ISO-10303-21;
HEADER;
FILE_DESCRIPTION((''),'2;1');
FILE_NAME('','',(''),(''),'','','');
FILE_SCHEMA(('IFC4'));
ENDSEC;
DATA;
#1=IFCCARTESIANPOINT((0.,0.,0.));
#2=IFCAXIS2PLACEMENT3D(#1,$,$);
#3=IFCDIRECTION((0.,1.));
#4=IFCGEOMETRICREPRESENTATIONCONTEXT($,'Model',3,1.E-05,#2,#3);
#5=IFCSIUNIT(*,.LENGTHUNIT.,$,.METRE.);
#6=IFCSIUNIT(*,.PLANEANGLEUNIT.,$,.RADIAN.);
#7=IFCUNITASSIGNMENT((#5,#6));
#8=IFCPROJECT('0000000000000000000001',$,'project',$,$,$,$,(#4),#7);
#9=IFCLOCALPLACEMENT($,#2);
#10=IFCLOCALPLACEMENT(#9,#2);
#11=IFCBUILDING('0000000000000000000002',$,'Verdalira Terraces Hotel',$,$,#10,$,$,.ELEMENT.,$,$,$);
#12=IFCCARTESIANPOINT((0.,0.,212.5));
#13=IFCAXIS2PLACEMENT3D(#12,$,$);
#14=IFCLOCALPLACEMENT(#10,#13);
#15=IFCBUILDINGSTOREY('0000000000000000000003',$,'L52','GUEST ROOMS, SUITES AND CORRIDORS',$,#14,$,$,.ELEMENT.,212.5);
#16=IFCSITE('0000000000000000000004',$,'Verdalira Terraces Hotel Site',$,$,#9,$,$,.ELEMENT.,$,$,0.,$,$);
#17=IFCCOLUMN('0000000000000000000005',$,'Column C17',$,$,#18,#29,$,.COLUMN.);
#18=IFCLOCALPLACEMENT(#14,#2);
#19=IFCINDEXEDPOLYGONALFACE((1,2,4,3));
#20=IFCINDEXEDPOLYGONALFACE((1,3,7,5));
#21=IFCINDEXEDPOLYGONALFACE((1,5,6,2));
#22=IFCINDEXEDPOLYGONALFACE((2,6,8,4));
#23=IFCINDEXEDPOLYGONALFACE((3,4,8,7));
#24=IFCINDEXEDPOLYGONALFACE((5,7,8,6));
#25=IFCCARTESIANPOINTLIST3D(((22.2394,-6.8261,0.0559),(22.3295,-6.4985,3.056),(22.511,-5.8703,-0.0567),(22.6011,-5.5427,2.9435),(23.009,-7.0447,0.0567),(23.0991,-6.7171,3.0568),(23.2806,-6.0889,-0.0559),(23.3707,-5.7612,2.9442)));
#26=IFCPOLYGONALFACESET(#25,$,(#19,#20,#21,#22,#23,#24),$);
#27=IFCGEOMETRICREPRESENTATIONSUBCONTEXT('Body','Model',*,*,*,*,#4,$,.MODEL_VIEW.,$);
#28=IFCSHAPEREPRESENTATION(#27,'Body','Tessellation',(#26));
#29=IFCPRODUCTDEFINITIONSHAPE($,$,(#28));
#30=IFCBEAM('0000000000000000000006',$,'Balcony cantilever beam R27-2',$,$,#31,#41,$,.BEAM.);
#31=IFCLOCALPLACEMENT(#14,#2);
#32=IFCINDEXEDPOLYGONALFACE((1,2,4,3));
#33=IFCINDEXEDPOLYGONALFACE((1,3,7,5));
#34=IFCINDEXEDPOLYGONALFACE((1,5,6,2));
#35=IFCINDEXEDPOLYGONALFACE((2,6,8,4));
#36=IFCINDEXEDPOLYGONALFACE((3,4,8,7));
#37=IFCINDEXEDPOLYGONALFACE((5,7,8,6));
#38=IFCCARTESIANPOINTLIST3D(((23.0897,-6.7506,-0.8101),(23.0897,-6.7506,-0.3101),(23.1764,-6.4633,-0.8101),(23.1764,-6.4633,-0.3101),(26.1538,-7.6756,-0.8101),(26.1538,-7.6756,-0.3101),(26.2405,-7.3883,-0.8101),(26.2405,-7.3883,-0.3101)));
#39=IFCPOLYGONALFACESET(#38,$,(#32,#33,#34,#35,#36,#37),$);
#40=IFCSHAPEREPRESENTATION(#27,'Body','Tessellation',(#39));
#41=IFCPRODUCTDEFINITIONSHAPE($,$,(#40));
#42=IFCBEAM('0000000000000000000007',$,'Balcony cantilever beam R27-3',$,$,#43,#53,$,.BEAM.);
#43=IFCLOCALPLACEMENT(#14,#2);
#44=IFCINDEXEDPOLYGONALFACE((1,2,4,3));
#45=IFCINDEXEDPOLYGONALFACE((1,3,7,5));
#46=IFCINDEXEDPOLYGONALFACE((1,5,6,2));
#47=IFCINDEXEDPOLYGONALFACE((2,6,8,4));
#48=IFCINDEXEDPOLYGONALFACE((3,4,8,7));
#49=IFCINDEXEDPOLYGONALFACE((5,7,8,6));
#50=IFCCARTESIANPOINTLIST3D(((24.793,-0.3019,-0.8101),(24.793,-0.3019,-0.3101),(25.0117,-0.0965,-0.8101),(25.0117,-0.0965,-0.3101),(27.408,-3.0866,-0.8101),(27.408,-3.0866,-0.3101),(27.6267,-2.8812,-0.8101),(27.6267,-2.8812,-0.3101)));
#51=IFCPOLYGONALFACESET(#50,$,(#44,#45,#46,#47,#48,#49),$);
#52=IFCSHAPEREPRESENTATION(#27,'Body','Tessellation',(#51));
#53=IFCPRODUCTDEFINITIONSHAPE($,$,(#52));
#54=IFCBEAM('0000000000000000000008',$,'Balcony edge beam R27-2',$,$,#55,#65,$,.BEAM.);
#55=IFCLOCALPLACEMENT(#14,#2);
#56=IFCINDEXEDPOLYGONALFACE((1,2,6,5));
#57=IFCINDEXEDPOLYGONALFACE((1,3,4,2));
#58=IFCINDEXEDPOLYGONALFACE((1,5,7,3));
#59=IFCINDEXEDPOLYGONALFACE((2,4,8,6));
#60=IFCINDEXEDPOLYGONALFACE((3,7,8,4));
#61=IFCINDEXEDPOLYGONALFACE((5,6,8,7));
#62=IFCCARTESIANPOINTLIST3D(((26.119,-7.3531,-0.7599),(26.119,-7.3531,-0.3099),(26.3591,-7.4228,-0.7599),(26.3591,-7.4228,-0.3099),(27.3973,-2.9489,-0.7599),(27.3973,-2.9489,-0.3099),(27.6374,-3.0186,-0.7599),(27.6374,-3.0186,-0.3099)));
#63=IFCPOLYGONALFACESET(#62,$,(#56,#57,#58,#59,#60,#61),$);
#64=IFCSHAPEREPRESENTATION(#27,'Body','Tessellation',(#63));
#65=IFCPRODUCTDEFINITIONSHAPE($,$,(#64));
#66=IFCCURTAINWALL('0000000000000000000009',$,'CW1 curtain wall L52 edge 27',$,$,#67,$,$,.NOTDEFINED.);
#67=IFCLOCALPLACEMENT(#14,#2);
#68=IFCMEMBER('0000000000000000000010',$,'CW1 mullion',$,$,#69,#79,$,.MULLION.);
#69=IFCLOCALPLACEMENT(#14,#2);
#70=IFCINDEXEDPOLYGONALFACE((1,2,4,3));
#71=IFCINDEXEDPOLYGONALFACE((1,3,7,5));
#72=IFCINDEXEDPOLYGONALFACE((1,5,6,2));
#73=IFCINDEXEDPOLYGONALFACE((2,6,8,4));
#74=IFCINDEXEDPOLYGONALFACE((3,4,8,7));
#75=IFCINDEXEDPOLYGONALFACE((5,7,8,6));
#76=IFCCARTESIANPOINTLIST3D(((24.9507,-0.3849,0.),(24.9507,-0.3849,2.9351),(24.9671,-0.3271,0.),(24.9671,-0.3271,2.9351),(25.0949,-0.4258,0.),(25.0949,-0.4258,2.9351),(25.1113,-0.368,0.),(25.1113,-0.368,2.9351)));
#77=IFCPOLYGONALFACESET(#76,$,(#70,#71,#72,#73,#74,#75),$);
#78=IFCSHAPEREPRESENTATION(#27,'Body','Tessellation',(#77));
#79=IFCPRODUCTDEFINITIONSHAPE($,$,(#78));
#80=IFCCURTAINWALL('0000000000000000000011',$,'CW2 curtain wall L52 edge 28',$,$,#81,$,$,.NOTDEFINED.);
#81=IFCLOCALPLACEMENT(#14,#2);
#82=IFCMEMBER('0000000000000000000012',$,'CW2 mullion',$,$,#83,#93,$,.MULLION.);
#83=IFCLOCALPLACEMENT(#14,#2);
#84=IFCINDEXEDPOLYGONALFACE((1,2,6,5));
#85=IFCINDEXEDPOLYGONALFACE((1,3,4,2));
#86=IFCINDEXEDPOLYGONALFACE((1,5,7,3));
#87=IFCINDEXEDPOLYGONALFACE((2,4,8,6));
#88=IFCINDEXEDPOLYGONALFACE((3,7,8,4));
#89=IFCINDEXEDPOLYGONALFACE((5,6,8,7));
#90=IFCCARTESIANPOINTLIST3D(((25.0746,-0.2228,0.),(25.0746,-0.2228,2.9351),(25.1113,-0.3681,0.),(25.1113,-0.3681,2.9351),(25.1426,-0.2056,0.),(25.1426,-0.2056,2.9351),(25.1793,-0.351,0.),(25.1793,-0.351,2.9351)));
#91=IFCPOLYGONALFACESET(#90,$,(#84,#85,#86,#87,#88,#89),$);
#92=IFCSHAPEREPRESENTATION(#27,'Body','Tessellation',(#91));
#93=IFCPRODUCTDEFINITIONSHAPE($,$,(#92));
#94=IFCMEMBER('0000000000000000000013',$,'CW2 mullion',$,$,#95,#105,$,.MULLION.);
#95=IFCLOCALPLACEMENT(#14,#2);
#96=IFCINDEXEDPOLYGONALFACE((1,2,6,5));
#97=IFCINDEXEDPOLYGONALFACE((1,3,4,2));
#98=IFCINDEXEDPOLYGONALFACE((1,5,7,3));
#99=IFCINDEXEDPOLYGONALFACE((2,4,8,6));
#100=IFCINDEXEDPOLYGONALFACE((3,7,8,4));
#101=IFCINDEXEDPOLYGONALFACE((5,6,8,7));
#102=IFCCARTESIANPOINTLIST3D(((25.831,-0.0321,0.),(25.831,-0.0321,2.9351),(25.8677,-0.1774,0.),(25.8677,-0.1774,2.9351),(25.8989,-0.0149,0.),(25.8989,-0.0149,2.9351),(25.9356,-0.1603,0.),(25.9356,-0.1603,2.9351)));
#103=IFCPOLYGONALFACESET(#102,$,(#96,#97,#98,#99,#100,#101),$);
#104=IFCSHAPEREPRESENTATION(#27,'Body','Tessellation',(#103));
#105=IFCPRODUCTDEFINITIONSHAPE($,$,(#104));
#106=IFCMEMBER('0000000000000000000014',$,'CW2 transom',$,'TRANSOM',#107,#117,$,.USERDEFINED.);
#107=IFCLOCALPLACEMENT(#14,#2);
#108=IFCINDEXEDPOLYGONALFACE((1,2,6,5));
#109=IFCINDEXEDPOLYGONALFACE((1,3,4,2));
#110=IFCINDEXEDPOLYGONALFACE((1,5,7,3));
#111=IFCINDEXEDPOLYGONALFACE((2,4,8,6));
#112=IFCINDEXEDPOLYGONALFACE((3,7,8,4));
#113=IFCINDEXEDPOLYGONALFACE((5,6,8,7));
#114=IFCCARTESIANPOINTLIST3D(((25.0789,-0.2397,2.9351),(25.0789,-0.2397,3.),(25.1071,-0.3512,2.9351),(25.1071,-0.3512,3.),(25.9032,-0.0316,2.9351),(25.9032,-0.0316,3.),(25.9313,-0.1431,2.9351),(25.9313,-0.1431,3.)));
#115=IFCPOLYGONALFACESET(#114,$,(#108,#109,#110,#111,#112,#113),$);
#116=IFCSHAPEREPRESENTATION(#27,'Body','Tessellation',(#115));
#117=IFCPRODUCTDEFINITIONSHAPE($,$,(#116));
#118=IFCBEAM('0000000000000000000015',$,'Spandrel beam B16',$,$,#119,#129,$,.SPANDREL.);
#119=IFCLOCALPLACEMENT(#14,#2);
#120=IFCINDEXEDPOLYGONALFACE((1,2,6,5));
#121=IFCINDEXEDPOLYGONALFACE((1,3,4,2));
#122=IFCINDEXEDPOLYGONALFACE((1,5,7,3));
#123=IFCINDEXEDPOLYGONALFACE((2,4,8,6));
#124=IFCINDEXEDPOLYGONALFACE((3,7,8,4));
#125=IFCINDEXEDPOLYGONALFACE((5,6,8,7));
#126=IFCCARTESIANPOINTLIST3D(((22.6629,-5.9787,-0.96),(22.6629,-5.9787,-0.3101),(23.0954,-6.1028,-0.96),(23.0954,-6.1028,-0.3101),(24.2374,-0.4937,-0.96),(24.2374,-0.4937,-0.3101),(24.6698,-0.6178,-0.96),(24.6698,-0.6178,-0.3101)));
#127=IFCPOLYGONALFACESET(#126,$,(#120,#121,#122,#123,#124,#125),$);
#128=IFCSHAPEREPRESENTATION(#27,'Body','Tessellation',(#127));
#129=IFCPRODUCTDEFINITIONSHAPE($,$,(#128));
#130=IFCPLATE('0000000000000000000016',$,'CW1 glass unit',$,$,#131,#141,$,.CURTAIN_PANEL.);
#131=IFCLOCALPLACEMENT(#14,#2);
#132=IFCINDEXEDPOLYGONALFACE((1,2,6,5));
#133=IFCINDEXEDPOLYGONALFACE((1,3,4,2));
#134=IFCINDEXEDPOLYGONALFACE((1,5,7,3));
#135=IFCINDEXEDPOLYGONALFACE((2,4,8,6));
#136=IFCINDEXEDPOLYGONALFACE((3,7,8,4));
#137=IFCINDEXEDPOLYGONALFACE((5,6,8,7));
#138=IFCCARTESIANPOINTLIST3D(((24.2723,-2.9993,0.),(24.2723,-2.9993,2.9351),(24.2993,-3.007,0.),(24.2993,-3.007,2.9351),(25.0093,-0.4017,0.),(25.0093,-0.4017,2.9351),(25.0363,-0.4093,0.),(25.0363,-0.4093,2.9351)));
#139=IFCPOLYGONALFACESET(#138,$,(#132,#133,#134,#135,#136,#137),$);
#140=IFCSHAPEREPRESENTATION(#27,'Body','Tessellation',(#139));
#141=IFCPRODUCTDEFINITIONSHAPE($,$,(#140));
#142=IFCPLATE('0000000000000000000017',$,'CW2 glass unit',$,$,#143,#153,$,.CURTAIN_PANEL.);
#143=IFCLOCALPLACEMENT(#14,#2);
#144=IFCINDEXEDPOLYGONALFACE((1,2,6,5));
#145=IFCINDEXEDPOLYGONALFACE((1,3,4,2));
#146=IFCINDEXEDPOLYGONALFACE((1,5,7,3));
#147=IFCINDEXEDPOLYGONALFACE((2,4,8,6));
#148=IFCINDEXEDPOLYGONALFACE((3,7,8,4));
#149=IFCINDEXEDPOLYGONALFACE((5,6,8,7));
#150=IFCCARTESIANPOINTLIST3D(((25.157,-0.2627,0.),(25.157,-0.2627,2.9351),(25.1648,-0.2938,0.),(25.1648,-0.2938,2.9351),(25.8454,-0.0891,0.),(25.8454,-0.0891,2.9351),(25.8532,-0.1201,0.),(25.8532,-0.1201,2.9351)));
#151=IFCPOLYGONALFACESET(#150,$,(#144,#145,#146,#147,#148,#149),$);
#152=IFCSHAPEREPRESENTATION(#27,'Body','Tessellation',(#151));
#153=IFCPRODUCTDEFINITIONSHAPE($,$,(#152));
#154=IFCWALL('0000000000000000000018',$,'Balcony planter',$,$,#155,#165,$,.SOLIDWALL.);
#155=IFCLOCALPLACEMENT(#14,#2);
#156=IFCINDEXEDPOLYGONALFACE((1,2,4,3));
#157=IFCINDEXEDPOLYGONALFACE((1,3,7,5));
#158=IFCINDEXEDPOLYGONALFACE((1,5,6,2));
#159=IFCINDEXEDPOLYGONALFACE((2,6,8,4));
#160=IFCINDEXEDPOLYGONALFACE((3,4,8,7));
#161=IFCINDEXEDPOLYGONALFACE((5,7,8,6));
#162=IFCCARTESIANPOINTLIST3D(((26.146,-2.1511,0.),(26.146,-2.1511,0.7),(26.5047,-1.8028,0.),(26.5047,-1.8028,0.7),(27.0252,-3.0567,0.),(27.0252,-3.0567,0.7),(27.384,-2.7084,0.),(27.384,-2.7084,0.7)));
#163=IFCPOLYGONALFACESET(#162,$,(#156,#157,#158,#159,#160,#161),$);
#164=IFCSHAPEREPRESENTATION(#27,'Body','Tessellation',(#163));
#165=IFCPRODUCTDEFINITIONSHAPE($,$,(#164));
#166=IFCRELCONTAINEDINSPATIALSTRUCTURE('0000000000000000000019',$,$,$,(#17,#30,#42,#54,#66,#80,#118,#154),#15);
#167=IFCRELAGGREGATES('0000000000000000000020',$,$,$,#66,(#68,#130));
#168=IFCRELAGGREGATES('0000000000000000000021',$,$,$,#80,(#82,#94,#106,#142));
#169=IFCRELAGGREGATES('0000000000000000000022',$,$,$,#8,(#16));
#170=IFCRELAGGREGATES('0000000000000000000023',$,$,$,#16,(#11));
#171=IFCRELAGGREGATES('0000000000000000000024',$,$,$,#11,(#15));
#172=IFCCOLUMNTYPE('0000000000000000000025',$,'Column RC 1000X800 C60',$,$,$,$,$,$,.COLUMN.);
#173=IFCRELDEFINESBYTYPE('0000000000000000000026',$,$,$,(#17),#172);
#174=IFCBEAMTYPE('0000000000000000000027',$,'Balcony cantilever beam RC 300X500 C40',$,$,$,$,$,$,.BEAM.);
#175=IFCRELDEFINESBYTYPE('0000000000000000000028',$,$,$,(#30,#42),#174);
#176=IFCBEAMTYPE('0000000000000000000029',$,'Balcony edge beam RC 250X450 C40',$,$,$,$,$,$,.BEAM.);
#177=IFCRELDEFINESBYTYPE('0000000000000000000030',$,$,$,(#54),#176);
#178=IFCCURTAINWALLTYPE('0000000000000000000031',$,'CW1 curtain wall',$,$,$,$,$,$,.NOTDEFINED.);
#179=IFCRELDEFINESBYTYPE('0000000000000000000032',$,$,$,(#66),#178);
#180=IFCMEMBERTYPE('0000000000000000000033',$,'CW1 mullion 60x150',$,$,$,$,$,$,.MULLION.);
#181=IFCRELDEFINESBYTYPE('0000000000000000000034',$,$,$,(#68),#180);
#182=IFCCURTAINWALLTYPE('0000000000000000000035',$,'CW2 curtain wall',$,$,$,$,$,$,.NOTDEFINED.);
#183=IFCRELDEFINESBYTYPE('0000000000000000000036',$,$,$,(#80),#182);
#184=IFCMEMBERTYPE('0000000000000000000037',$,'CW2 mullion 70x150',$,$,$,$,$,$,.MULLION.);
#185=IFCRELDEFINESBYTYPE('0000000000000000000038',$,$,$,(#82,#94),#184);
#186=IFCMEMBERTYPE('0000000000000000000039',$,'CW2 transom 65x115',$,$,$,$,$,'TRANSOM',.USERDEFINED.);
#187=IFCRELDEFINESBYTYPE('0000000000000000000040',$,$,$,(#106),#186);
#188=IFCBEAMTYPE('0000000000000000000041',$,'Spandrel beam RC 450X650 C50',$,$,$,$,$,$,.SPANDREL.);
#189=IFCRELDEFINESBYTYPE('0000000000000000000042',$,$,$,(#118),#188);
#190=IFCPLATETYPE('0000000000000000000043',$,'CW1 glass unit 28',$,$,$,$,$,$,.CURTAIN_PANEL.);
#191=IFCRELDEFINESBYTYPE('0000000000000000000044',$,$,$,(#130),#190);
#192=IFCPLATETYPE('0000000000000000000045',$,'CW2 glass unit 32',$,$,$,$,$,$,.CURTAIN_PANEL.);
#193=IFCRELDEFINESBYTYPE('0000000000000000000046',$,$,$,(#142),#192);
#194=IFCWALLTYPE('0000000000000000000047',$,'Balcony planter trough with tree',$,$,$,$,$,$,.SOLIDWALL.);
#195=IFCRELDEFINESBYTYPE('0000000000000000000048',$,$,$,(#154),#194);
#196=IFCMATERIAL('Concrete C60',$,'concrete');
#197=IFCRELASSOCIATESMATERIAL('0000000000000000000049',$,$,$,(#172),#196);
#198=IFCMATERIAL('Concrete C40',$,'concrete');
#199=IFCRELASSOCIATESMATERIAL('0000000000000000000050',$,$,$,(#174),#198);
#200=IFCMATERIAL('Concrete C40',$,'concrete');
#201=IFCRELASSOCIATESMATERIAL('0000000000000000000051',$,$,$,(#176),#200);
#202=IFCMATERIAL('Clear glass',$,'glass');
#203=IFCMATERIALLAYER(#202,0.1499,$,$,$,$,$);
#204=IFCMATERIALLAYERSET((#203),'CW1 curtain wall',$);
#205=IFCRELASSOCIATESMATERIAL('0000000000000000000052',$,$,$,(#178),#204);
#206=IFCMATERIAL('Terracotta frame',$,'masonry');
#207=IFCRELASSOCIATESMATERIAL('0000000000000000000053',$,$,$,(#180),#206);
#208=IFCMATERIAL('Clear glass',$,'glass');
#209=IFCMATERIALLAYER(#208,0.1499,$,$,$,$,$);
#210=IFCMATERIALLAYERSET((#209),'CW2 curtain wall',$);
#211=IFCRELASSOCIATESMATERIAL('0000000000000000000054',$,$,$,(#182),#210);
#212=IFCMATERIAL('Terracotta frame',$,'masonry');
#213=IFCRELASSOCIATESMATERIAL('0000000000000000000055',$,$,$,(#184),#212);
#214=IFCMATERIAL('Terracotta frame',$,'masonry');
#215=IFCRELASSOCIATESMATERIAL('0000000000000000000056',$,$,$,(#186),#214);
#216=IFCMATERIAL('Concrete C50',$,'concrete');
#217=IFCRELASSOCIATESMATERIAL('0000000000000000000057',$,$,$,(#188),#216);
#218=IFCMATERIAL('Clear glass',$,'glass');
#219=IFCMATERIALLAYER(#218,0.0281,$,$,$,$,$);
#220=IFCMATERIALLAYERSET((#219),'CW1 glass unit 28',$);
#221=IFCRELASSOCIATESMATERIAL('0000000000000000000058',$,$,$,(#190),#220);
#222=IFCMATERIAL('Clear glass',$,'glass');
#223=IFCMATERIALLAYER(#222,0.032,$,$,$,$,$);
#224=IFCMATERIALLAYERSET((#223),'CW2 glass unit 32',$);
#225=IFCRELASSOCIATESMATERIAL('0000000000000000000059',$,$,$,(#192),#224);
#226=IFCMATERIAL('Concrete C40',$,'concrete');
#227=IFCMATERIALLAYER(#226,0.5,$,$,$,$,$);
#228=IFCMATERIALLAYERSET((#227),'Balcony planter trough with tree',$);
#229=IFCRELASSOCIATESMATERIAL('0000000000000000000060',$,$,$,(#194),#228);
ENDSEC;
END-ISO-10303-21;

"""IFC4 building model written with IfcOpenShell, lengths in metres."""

from ifc_helpers import new_model, si_unit, direction, frame, frame_2d, origin, origin_2d, place, context, subcontext, project, spatial, rectangle, extrude, material, layer, layer_set, material_profile, profile_set, type_object, element, aggregate, save


model = new_model("IFC4")

# Units and contexts
model_context = context("Model", 3, precision=1e-05, world=origin(), true_north=direction((0.0, 1.0)))
body_context = subcontext(model_context, "Body", "Model", "MODEL_VIEW")
ifc_project = project(units=[si_unit("LENGTHUNIT", "METRE"), si_unit("PLANEANGLEUNIT", "RADIAN")], contexts=[model_context])

# Site, building, storey
site_placement = place(None, origin())
site = spatial("IfcSite", under=ifc_project, at=site_placement, Name="Verdalira Terraces Hotel Site", CompositionType="ELEMENT", RefElevation=0.0)
building_placement = place(site_placement, origin())
building = spatial("IfcBuilding", under=site, at=building_placement, Name="Verdalira Terraces Hotel", CompositionType="ELEMENT")
storey_placement = place(building_placement, frame((0.0, 0.0, 212.5)))
storey = spatial("IfcBuildingStorey", under=building, at=storey_placement, Name="L52", Description="GUEST ROOMS, SUITES AND CORRIDORS", CompositionType="ELEMENT", Elevation=212.5)

# Column
ifc_material_1 = material(Name="Concrete C60", Category="concrete")
ifc_material_profile_1 = material_profile(ifc_material_1, rectangle(XDim=1.0, YDim=0.8, at=origin_2d()), Name="RC 1000X800")
ifc_profile_set_1 = profile_set([ifc_material_profile_1], Name="Concrete C60")
column_type = type_object("IfcColumnType", Name="Column RC 1000X800 C60", PredefinedType="COLUMN", material=ifc_profile_set_1)
column_placement = place(storey_placement, frame((22.76, -6.4575, 0.0), z_axis=(0.029839, 0.108518, 0.993647), x_axis=(0.271559, 0.955819, -0.112542)))
element("IfcColumn", 1, at=column_placement, inside=storey, type_object=column_type, Name="Column C17", PredefinedType="COLUMN", context=body_context, shape_type="SweptSolid", body=[
    extrude(rectangle(XDim=1.0, YDim=0.8, at=origin_2d()), origin(), (0.0, 0.0, 1.0), 3.0193),
])

# Beams
ifc_material_2 = material(Name="Concrete C40", Category="concrete")
ifc_material_profile_2 = material_profile(ifc_material_2, rectangle(XDim=0.3, YDim=0.5, at=origin_2d()), Name="RC 300X500")
ifc_profile_set_2 = profile_set([ifc_material_profile_2], Name="Concrete C40")
beam_type_1 = type_object("IfcBeamType", Name="Balcony cantilever beam RC 300X500 C40", PredefinedType="BEAM", material=ifc_profile_set_2)
beam_1_placement = place(storey_placement, frame((23.1331, -6.6069, -0.5601), z_axis=(0.957327, -0.289006, 0.0), x_axis=(0.289006, 0.957327, 0.0)))
element("IfcBeam", 2, at=beam_1_placement, inside=storey, type_object=beam_type_1, Name="Balcony cantilever beam R27-2", PredefinedType="BEAM", context=body_context, shape_type="SweptSolid", body=[
    extrude(rectangle(XDim=0.3, YDim=0.5, at=origin_2d()), origin(), (0.0, 0.0, 1.0), 3.2007),
])
beam_2_placement = place(storey_placement, frame((24.9023, -0.1992, -0.5601), z_axis=(0.684549, -0.728967, 0.0), x_axis=(0.728967, 0.684549, 0.0)))
element("IfcBeam", 3, at=beam_2_placement, inside=storey, type_object=beam_type_1, Name="Balcony cantilever beam R27-3", PredefinedType="BEAM", context=body_context, shape_type="SweptSolid", body=[
    extrude(rectangle(XDim=0.3, YDim=0.5, at=origin_2d()), origin(), (0.0, 0.0, 1.0), 3.8201),
])
ifc_material_3 = material(Name="Concrete C40", Category="concrete")
ifc_material_profile_3 = material_profile(ifc_material_3, rectangle(XDim=0.25, YDim=0.45, at=origin_2d()), Name="RC 250X450")
ifc_profile_set_3 = profile_set([ifc_material_profile_3], Name="Concrete C40")
beam_type_2 = type_object("IfcBeamType", Name="Balcony edge beam RC 250X450 C40", PredefinedType="BEAM", material=ifc_profile_set_3)
beam_3_placement = place(storey_placement, frame((26.239, -7.3879, -0.5349), z_axis=(0.278755, 0.960362, 0.0), x_axis=(-0.960362, 0.278755, 0.0)))
element("IfcBeam", 4, at=beam_3_placement, inside=storey, type_object=beam_type_2, Name="Balcony edge beam R27-2", PredefinedType="BEAM", context=body_context, shape_type="SweptSolid", body=[
    extrude(rectangle(XDim=0.25, YDim=0.45, at=origin_2d()), origin(), (0.0, 0.0, 1.0), 4.5859),
])

# Curtain wall, member
ifc_material_4 = material(Name="Clear glass", Category="glass")
ifc_layer_1 = layer(ifc_material_4, 0.1499)
ifc_layer_set_1 = layer_set([ifc_layer_1], Name="CW1 curtain wall")
curtain_wall_type_1 = type_object("IfcCurtainWallType", Name="CW1 curtain wall", PredefinedType="NOTDEFINED", material=ifc_layer_set_1)
curtain_wall_1_placement = place(storey_placement, origin())
curtain_wall_1 = element("IfcCurtainWall", 5, at=curtain_wall_1_placement, inside=storey, type_object=curtain_wall_type_1, Name="CW1 curtain wall L52 edge 27", PredefinedType="NOTDEFINED")
ifc_material_5 = material(Name="Terracotta frame", Category="masonry")
ifc_material_profile_4 = material_profile(ifc_material_5, rectangle(XDim=0.0601, YDim=0.1499, at=origin_2d()), Name="MU 60x150")
ifc_profile_set_4 = profile_set([ifc_material_profile_4], Name="Terracotta frame")
member_type_1 = type_object("IfcMemberType", Name="CW1 mullion 60x150", PredefinedType="MULLION", material=ifc_profile_set_4)
member_1_placement = place(storey_placement, frame((25.031, -0.3765, 0.0), z_axis=(0.0, 0.0, 1.0), x_axis=(0.272952, 0.962028, 0.0)))
member_1 = element("IfcMember", 6, at=member_1_placement, type_object=member_type_1, Name="CW1 mullion", PredefinedType="MULLION", context=body_context, shape_type="SweptSolid", body=[
    extrude(rectangle(XDim=0.0601, YDim=0.1499, at=origin_2d()), origin(), (0.0, 0.0, 1.0), 2.9351),
])

# Curtain wall, members
ifc_material_6 = material(Name="Clear glass", Category="glass")
ifc_layer_2 = layer(ifc_material_6, 0.1499)
ifc_layer_set_2 = layer_set([ifc_layer_2], Name="CW2 curtain wall")
curtain_wall_type_2 = type_object("IfcCurtainWallType", Name="CW2 curtain wall", PredefinedType="NOTDEFINED", material=ifc_layer_set_2)
curtain_wall_2_placement = place(storey_placement, origin())
curtain_wall_2 = element("IfcCurtainWall", 7, at=curtain_wall_2_placement, inside=storey, type_object=curtain_wall_type_2, Name="CW2 curtain wall L52 edge 28", PredefinedType="NOTDEFINED")
ifc_material_7 = material(Name="Terracotta frame", Category="masonry")
ifc_material_profile_5 = material_profile(ifc_material_7, rectangle(XDim=0.0701, YDim=0.1499, at=origin_2d()), Name="MU 70x150")
ifc_profile_set_5 = profile_set([ifc_material_profile_5], Name="Terracotta frame")
member_type_2 = type_object("IfcMemberType", Name="CW2 mullion 70x150", PredefinedType="MULLION", material=ifc_profile_set_5)
member_2_placement = place(storey_placement, frame((25.127, -0.2869, 0.0), z_axis=(0.0, 0.0, 1.0), x_axis=(0.969616, 0.244631, 0.0)))
member_2 = element("IfcMember", 8, at=member_2_placement, type_object=member_type_2, Name="CW2 mullion", PredefinedType="MULLION", context=body_context, shape_type="SweptSolid", body=[
    extrude(rectangle(XDim=0.0701, YDim=0.1499, at=origin_2d()), origin(), (0.0, 0.0, 1.0), 2.9351),
])
member_3_placement = place(storey_placement, frame((25.8833, -0.0962, 0.0), z_axis=(0.0, 0.0, 1.0), x_axis=(0.969616, 0.244631, 0.0)))
member_3 = element("IfcMember", 9, at=member_3_placement, type_object=member_type_2, Name="CW2 mullion", PredefinedType="MULLION", context=body_context, shape_type="SweptSolid", body=[
    extrude(rectangle(XDim=0.0701, YDim=0.1499, at=origin_2d()), origin(), (0.0, 0.0, 1.0), 2.9351),
])
ifc_material_8 = material(Name="Terracotta frame", Category="masonry")
ifc_material_profile_6 = material_profile(ifc_material_8, rectangle(XDim=0.115, YDim=0.0649, at=origin_2d()), Name="TR 65x115")
ifc_profile_set_6 = profile_set([ifc_material_profile_6], Name="Terracotta frame")
member_type_3 = type_object("IfcMemberType", Name="CW2 transom 65x115", ElementType="TRANSOM", PredefinedType="USERDEFINED", material=ifc_profile_set_6)
member_4_placement = place(storey_placement, frame((25.093, -0.2954, 2.9675), z_axis=(0.969599, 0.244697, 0.0), x_axis=(-0.244697, 0.969599, 0.0)))
member_4 = element("IfcMember", 10, at=member_4_placement, type_object=member_type_3, Name="CW2 transom", ObjectType="TRANSOM", PredefinedType="USERDEFINED", context=body_context, shape_type="SweptSolid", body=[
    extrude(rectangle(XDim=0.115, YDim=0.0649, at=origin_2d()), origin(), (0.0, 0.0, 1.0), 0.8501),
])

# Beam
ifc_material_9 = material(Name="Concrete C50", Category="concrete")
ifc_material_profile_7 = material_profile(ifc_material_9, rectangle(XDim=0.45, YDim=0.6499, at=origin_2d()), Name="RC 450X650")
ifc_profile_set_7 = profile_set([ifc_material_profile_7], Name="Concrete C50")
beam_type_3 = type_object("IfcBeamType", Name="Spandrel beam RC 450X650 C50", PredefinedType="SPANDREL", material=ifc_profile_set_7)
beam_4_placement = place(storey_placement, frame((22.8791, -6.0408, -0.635), z_axis=(0.275902, 0.961186, 0.0), x_axis=(-0.961186, 0.275902, 0.0)))
element("IfcBeam", 11, at=beam_4_placement, inside=storey, type_object=beam_type_3, Name="Spandrel beam B16", PredefinedType="SPANDREL", context=body_context, shape_type="SweptSolid", body=[
    extrude(rectangle(XDim=0.45, YDim=0.6499, at=origin_2d()), origin(), (0.0, 0.0, 1.0), 5.7065),
])

# Plates
ifc_material_10 = material(Name="Clear glass", Category="glass")
ifc_layer_3 = layer(ifc_material_10, 0.0281)
ifc_layer_set_3 = layer_set([ifc_layer_3], Name="CW1 glass unit 28")
plate_type_1 = type_object("IfcPlateType", Name="CW1 glass unit 28", PredefinedType="CURTAIN_PANEL", material=ifc_layer_set_3)
plate_1_placement = place(storey_placement, frame((24.6543, -1.7043, 0.0), z_axis=(0.0, 0.0, 1.0), x_axis=(0.272952, 0.962028, 0.0)))
plate_1 = element("IfcPlate", 12, at=plate_1_placement, type_object=plate_type_1, Name="CW1 glass unit", PredefinedType="CURTAIN_PANEL", context=body_context, shape_type="SweptSolid", body=[
    extrude(rectangle(XDim=2.7002, YDim=0.0281, at=origin_2d()), origin(), (0.0, 0.0, 1.0), 2.9351),
])
aggregate(curtain_wall_1, [member_1, plate_1])
ifc_material_11 = material(Name="Clear glass", Category="glass")
ifc_layer_4 = layer(ifc_material_11, 0.032)
ifc_layer_set_4 = layer_set([ifc_layer_4], Name="CW2 glass unit 32")
plate_type_2 = type_object("IfcPlateType", Name="CW2 glass unit 32", PredefinedType="CURTAIN_PANEL", material=ifc_layer_set_4)
plate_2_placement = place(storey_placement, frame((25.5051, -0.1914, 0.0), z_axis=(0.0, 0.0, 1.0), x_axis=(0.969616, 0.244631, 0.0)))
plate_2 = element("IfcPlate", 13, at=plate_2_placement, type_object=plate_type_2, Name="CW2 glass unit", PredefinedType="CURTAIN_PANEL", context=body_context, shape_type="SweptSolid", body=[
    extrude(rectangle(XDim=0.71, YDim=0.032, at=origin_2d()), origin(), (0.0, 0.0, 1.0), 2.9351),
])
aggregate(curtain_wall_2, [member_2, member_3, member_4, plate_2])

# Wall
ifc_material_12 = material(Name="Concrete C40", Category="concrete")
ifc_layer_5 = layer(ifc_material_12, 0.5)
ifc_layer_set_5 = layer_set([ifc_layer_5], Name="Balcony planter trough with tree")
wall_type_1 = type_object("IfcWallType", Name="Balcony planter trough with tree", PredefinedType="SOLIDWALL", material=ifc_layer_set_5)
wall_1_placement = place(storey_placement, frame((27.2046, -2.8826, 0.0), z_axis=(0.0, 0.0, 1.0), x_axis=(-0.696584, 0.717475, 0.0)))
element("IfcWall", 14, at=wall_1_placement, inside=storey, type_object=wall_type_1, Name="Balcony planter", PredefinedType="SOLIDWALL", context=body_context, shape_type="SweptSolid", body=[
    extrude(rectangle(XDim=1.2622, YDim=0.5, at=frame_2d((0.6311, 0.0))), origin(), (0.0, 0.0, 1.0), 0.7),
])

save(model, "model.ifc")
